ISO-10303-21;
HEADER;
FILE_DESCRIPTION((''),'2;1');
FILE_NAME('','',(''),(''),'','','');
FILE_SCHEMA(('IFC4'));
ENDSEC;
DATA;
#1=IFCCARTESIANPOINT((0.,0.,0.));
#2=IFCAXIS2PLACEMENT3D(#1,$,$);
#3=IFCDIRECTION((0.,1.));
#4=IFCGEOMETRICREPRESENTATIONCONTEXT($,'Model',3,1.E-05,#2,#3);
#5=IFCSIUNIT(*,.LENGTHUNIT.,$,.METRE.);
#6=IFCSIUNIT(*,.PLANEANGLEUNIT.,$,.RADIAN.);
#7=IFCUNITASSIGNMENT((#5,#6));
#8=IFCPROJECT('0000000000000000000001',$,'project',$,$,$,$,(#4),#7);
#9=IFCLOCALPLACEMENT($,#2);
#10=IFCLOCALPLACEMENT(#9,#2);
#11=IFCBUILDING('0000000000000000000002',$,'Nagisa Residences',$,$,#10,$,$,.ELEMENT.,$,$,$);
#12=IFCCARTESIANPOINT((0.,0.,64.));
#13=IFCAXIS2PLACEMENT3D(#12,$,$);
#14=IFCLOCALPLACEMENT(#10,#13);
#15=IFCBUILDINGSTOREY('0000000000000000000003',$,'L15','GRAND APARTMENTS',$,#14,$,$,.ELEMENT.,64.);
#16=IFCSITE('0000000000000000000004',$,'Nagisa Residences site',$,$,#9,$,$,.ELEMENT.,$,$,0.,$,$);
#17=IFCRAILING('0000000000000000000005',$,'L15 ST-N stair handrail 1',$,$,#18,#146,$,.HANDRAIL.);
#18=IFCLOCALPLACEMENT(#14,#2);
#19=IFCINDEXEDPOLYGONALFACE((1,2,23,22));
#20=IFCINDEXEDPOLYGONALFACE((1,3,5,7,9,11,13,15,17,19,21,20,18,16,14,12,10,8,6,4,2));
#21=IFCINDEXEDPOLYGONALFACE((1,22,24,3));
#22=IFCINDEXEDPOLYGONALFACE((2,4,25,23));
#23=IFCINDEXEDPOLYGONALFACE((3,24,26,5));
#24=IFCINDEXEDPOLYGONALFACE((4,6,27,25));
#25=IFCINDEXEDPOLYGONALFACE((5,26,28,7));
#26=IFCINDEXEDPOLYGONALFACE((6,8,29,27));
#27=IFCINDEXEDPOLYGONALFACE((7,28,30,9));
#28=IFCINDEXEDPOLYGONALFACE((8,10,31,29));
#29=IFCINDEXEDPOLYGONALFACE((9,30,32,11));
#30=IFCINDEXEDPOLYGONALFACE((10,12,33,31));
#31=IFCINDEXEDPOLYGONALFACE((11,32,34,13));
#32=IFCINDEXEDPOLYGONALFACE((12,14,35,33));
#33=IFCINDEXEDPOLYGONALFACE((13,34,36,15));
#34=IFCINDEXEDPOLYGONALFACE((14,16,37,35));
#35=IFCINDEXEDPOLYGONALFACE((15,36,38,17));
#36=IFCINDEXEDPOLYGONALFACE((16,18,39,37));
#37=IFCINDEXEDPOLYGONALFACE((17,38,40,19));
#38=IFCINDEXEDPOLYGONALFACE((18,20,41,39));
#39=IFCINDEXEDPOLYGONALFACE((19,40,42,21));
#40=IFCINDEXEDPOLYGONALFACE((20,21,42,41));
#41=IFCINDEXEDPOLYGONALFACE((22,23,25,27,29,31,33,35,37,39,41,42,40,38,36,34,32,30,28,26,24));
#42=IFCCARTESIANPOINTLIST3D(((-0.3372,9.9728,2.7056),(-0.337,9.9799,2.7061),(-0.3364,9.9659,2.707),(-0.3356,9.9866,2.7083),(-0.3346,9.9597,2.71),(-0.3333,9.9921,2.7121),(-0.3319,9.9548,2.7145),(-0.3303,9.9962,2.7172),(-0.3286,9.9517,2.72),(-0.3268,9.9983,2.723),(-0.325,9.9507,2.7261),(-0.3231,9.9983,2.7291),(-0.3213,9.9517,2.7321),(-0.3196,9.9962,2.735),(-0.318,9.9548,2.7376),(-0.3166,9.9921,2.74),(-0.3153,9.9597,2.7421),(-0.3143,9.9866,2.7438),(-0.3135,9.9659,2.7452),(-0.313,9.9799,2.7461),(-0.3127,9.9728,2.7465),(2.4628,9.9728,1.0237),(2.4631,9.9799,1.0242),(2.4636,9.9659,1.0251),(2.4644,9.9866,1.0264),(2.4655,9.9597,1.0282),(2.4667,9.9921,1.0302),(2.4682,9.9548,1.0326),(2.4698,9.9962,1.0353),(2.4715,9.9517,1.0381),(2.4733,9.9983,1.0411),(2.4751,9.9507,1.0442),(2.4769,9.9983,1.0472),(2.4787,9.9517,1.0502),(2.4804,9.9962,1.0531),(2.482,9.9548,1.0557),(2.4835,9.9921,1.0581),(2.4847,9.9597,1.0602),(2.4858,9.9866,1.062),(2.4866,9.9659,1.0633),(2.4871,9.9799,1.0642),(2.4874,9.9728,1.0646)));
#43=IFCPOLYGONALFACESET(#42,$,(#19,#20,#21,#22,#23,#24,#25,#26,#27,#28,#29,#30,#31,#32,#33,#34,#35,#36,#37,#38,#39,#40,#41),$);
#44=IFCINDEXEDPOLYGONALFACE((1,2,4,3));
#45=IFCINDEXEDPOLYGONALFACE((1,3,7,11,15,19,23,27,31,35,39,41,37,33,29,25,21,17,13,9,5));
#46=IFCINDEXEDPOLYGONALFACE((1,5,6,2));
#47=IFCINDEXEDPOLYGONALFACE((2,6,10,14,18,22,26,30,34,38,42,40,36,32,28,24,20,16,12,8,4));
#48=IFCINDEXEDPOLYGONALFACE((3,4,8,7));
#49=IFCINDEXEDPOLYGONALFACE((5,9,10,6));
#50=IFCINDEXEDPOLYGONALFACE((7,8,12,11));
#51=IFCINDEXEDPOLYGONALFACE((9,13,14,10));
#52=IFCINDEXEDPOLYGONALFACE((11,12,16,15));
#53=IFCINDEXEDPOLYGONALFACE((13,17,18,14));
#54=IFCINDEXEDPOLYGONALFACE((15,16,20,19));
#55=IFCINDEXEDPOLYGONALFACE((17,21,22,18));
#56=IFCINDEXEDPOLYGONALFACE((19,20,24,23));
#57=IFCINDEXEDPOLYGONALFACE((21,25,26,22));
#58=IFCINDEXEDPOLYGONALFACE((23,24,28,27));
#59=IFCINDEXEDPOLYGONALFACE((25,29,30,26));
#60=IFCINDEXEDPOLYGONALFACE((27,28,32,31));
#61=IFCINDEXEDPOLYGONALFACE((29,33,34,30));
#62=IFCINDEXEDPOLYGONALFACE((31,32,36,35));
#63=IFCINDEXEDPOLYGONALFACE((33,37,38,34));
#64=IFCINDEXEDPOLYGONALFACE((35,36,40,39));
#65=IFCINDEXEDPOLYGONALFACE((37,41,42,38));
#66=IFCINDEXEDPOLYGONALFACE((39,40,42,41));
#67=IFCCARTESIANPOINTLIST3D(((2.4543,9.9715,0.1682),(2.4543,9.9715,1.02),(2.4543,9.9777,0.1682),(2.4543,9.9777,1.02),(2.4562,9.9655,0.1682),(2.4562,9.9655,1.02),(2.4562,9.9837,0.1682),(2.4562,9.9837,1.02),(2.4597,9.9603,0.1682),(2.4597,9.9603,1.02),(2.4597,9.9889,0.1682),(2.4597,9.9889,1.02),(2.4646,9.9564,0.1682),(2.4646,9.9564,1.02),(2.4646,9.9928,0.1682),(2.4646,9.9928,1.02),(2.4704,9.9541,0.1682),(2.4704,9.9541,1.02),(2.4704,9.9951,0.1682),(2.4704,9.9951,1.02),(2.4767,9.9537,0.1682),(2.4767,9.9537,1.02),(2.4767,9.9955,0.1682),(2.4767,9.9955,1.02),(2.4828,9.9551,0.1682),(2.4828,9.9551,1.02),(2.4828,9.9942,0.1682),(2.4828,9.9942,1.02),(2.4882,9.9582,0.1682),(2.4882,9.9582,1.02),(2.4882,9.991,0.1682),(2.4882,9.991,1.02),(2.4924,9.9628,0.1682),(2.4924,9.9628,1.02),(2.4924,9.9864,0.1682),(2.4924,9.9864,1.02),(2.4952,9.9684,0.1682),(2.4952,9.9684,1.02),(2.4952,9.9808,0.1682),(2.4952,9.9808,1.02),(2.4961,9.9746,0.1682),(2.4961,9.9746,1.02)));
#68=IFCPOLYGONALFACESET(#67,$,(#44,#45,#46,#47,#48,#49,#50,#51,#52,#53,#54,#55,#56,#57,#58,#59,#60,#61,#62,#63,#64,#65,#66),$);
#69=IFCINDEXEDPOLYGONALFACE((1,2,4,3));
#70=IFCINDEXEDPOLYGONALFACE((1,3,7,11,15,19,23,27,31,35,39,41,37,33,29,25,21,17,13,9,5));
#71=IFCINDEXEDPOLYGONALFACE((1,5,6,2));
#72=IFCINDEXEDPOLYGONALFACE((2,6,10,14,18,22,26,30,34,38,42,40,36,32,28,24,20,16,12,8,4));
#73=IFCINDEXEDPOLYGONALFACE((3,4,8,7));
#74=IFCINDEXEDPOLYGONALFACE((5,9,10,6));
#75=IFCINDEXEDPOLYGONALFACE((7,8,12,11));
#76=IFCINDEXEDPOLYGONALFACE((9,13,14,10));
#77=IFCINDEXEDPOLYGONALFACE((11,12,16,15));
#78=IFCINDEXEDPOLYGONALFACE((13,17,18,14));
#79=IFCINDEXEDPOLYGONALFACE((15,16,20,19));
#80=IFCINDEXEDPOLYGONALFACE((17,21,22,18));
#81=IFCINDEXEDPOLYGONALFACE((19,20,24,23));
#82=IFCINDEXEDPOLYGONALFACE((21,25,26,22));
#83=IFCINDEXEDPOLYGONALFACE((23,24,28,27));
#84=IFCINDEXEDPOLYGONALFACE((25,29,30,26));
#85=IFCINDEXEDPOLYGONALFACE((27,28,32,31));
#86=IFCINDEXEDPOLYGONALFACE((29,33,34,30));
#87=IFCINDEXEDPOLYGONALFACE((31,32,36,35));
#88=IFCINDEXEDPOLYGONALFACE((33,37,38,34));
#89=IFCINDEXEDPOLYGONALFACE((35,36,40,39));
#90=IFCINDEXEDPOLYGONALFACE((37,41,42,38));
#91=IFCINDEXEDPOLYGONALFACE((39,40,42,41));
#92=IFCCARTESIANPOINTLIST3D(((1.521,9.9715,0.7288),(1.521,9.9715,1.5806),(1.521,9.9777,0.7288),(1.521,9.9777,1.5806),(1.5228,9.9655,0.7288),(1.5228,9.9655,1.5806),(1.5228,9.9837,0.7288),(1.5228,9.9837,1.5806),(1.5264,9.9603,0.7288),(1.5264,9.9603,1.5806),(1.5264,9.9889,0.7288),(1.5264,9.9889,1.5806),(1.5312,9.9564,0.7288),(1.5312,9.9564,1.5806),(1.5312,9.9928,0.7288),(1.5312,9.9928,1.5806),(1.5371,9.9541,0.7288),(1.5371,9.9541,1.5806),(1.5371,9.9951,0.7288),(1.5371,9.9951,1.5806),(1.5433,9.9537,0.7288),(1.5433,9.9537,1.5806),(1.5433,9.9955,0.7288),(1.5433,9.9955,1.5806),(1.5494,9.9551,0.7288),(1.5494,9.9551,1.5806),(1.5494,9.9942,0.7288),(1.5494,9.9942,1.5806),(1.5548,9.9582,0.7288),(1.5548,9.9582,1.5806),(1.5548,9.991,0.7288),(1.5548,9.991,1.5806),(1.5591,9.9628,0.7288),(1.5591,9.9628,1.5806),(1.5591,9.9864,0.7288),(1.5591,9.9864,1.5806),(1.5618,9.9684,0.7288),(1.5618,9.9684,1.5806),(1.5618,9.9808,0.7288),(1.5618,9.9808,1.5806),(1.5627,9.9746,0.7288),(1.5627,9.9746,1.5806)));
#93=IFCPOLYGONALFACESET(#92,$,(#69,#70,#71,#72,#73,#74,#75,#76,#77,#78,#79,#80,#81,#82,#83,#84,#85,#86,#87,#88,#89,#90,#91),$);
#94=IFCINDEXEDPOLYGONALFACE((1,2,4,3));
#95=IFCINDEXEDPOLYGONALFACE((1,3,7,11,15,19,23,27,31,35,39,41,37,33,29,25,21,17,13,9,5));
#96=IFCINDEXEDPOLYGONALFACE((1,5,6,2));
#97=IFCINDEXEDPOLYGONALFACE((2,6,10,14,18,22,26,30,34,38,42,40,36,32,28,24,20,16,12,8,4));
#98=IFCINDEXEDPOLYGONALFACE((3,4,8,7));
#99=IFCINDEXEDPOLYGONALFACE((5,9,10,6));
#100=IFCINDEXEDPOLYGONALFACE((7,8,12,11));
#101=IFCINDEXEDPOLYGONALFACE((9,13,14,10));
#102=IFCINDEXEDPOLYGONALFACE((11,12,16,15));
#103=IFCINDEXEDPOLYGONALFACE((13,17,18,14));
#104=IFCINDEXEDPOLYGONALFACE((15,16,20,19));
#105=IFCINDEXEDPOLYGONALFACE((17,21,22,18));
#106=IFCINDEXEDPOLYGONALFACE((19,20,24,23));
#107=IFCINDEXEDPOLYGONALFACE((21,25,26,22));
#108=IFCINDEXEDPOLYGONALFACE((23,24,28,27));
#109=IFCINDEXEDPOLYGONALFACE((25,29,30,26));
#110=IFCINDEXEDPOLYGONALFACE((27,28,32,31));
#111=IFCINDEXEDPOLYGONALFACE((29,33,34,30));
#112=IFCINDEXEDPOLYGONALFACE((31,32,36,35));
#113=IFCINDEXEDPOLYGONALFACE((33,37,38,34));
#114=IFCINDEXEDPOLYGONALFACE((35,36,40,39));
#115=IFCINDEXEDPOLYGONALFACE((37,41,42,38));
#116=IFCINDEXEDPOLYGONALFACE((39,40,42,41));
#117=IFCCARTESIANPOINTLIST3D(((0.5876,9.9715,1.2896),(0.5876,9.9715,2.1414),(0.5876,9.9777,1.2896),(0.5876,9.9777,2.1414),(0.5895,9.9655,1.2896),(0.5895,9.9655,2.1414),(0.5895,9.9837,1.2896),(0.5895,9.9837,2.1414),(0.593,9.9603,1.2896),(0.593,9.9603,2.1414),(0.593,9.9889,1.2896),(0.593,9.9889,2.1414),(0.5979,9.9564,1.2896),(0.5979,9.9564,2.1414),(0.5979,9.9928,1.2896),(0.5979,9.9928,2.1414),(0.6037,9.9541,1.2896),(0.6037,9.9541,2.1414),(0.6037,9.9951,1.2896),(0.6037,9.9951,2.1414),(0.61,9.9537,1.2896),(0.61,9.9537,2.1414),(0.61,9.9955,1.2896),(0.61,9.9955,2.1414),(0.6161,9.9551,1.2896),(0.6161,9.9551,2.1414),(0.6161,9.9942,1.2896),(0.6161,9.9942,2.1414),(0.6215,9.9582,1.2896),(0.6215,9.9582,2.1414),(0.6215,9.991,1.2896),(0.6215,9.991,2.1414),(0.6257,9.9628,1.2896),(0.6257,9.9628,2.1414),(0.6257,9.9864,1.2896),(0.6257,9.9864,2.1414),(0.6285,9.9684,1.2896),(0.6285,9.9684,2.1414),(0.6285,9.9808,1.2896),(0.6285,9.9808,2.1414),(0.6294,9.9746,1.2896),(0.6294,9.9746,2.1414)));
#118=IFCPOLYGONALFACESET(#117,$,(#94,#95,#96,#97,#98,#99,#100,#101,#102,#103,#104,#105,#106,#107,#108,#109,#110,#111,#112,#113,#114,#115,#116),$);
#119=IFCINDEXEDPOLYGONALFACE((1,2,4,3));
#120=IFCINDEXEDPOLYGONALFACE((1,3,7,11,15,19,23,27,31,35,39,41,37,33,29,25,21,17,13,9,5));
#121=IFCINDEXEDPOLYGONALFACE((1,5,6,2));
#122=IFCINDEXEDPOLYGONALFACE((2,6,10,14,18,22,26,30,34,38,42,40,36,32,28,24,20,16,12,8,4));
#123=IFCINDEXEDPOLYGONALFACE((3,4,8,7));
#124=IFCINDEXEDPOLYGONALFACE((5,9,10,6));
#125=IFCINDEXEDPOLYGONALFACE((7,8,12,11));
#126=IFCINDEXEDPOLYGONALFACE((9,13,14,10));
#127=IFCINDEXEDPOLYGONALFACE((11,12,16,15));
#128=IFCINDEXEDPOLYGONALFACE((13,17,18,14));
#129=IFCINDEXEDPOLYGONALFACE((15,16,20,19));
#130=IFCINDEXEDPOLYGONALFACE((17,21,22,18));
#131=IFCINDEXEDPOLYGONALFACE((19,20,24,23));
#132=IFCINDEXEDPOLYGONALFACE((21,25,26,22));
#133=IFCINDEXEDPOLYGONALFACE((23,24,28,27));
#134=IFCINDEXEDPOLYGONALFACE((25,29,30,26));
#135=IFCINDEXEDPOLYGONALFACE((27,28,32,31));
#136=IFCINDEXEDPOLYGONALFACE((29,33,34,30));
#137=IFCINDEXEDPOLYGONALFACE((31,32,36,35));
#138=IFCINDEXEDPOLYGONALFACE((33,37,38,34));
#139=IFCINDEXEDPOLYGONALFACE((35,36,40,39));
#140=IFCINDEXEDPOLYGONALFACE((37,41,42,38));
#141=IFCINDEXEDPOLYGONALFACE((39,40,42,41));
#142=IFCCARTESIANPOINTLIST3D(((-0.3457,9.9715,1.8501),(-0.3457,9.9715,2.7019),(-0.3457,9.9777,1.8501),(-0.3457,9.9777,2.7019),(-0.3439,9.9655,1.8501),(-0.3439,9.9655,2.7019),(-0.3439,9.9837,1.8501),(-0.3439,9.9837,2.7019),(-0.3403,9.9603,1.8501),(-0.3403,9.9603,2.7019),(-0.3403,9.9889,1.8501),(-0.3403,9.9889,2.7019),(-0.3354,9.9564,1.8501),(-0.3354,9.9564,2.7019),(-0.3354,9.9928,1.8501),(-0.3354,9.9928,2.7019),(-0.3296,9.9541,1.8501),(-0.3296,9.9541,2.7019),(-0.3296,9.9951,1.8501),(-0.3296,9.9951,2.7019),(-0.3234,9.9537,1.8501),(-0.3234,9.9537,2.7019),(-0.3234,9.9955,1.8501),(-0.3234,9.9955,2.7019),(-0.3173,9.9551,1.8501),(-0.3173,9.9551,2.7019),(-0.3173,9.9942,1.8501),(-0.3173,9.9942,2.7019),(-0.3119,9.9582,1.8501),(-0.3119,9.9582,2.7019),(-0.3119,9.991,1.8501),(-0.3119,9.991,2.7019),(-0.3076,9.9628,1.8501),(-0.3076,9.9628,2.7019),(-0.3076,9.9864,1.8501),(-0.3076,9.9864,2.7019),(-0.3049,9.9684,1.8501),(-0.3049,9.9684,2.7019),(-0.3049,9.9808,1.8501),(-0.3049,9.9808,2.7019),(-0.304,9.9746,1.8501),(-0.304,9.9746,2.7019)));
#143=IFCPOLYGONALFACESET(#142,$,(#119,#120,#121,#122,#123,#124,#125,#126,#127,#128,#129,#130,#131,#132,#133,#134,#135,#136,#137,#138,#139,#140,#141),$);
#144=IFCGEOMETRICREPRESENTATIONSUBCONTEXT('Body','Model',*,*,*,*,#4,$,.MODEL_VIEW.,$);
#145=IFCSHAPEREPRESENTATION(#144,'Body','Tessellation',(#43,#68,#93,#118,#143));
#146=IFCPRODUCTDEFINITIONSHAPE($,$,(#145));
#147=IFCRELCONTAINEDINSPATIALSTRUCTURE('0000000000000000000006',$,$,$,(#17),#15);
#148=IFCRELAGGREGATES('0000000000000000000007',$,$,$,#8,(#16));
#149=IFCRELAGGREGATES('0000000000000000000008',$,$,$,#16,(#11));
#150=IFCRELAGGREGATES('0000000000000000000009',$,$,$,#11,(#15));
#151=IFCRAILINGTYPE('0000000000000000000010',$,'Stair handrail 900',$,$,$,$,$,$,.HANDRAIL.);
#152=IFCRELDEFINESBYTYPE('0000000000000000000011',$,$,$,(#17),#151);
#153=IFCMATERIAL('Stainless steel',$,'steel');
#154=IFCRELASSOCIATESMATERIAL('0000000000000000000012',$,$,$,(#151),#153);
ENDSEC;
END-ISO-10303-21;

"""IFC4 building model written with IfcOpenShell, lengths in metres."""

from ifc_helpers import new_model, si_unit, direction, frame, origin, origin_2d, place, context, subcontext, project, spatial, circle, extrude, material, type_object, element, save


model = new_model("IFC4")

# Units and contexts
model_context = context("Model", 3, precision=1e-05, world=origin(), true_north=direction((0.0, 1.0)))
body_context = subcontext(model_context, "Body", "Model", "MODEL_VIEW")
ifc_project = project(units=[si_unit("LENGTHUNIT", "METRE"), si_unit("PLANEANGLEUNIT", "RADIAN")], contexts=[model_context])

# Site, building, storey
site_placement = place(None, origin())
site = spatial("IfcSite", under=ifc_project, at=site_placement, Name="Nagisa Residences site", CompositionType="ELEMENT", RefElevation=0.0)
building_placement = place(site_placement, origin())
building = spatial("IfcBuilding", under=site, at=building_placement, Name="Nagisa Residences", CompositionType="ELEMENT")
storey_placement = place(building_placement, frame((0.0, 0.0, 64.0)))
storey = spatial("IfcBuildingStorey", under=building, at=storey_placement, Name="L15", Description="GRAND APARTMENTS", CompositionType="ELEMENT", Elevation=64.0)

# Railing
ifc_material_1 = material(Name="Stainless steel", Category="steel")
railing_type_1 = type_object("IfcRailingType", Name="Stair handrail 900", PredefinedType="HANDRAIL", material=ifc_material_1)
railing_1_placement = place(storey_placement, frame((2.4751, 9.9746, 0.1682)))
element("IfcRailing", 1, at=railing_1_placement, inside=storey, type_object=railing_type_1, Name="L15 ST-N stair handrail 1", PredefinedType="HANDRAIL", context=body_context, shape_type="SweptSolid", body=[
    extrude(circle(Radius=0.0239, at=origin_2d()), frame((0.0, 0.0, 0.876), z_axis=(-0.857242, 0.0, 0.514913), x_axis=(0.0, -1.0, 0.0)), (0.0, 0.0, 1.0), 3.2664),
    extrude(circle(Radius=0.021, at=origin_2d()), origin(), (0.0, 0.0, 1.0), 0.8518),
    extrude(circle(Radius=0.021, at=origin_2d()), frame((-0.9333, 0.0, 0.5605)), (0.0, 0.0, 1.0), 0.8518),
    extrude(circle(Radius=0.021, at=origin_2d()), frame((-1.8667, 0.0, 1.1213)), (0.0, 0.0, 1.0), 0.8518),
    extrude(circle(Radius=0.021, at=origin_2d()), frame((-2.8, 0.0, 1.6819)), (0.0, 0.0, 1.0), 0.8518),
])

save(model, "model.ifc")
